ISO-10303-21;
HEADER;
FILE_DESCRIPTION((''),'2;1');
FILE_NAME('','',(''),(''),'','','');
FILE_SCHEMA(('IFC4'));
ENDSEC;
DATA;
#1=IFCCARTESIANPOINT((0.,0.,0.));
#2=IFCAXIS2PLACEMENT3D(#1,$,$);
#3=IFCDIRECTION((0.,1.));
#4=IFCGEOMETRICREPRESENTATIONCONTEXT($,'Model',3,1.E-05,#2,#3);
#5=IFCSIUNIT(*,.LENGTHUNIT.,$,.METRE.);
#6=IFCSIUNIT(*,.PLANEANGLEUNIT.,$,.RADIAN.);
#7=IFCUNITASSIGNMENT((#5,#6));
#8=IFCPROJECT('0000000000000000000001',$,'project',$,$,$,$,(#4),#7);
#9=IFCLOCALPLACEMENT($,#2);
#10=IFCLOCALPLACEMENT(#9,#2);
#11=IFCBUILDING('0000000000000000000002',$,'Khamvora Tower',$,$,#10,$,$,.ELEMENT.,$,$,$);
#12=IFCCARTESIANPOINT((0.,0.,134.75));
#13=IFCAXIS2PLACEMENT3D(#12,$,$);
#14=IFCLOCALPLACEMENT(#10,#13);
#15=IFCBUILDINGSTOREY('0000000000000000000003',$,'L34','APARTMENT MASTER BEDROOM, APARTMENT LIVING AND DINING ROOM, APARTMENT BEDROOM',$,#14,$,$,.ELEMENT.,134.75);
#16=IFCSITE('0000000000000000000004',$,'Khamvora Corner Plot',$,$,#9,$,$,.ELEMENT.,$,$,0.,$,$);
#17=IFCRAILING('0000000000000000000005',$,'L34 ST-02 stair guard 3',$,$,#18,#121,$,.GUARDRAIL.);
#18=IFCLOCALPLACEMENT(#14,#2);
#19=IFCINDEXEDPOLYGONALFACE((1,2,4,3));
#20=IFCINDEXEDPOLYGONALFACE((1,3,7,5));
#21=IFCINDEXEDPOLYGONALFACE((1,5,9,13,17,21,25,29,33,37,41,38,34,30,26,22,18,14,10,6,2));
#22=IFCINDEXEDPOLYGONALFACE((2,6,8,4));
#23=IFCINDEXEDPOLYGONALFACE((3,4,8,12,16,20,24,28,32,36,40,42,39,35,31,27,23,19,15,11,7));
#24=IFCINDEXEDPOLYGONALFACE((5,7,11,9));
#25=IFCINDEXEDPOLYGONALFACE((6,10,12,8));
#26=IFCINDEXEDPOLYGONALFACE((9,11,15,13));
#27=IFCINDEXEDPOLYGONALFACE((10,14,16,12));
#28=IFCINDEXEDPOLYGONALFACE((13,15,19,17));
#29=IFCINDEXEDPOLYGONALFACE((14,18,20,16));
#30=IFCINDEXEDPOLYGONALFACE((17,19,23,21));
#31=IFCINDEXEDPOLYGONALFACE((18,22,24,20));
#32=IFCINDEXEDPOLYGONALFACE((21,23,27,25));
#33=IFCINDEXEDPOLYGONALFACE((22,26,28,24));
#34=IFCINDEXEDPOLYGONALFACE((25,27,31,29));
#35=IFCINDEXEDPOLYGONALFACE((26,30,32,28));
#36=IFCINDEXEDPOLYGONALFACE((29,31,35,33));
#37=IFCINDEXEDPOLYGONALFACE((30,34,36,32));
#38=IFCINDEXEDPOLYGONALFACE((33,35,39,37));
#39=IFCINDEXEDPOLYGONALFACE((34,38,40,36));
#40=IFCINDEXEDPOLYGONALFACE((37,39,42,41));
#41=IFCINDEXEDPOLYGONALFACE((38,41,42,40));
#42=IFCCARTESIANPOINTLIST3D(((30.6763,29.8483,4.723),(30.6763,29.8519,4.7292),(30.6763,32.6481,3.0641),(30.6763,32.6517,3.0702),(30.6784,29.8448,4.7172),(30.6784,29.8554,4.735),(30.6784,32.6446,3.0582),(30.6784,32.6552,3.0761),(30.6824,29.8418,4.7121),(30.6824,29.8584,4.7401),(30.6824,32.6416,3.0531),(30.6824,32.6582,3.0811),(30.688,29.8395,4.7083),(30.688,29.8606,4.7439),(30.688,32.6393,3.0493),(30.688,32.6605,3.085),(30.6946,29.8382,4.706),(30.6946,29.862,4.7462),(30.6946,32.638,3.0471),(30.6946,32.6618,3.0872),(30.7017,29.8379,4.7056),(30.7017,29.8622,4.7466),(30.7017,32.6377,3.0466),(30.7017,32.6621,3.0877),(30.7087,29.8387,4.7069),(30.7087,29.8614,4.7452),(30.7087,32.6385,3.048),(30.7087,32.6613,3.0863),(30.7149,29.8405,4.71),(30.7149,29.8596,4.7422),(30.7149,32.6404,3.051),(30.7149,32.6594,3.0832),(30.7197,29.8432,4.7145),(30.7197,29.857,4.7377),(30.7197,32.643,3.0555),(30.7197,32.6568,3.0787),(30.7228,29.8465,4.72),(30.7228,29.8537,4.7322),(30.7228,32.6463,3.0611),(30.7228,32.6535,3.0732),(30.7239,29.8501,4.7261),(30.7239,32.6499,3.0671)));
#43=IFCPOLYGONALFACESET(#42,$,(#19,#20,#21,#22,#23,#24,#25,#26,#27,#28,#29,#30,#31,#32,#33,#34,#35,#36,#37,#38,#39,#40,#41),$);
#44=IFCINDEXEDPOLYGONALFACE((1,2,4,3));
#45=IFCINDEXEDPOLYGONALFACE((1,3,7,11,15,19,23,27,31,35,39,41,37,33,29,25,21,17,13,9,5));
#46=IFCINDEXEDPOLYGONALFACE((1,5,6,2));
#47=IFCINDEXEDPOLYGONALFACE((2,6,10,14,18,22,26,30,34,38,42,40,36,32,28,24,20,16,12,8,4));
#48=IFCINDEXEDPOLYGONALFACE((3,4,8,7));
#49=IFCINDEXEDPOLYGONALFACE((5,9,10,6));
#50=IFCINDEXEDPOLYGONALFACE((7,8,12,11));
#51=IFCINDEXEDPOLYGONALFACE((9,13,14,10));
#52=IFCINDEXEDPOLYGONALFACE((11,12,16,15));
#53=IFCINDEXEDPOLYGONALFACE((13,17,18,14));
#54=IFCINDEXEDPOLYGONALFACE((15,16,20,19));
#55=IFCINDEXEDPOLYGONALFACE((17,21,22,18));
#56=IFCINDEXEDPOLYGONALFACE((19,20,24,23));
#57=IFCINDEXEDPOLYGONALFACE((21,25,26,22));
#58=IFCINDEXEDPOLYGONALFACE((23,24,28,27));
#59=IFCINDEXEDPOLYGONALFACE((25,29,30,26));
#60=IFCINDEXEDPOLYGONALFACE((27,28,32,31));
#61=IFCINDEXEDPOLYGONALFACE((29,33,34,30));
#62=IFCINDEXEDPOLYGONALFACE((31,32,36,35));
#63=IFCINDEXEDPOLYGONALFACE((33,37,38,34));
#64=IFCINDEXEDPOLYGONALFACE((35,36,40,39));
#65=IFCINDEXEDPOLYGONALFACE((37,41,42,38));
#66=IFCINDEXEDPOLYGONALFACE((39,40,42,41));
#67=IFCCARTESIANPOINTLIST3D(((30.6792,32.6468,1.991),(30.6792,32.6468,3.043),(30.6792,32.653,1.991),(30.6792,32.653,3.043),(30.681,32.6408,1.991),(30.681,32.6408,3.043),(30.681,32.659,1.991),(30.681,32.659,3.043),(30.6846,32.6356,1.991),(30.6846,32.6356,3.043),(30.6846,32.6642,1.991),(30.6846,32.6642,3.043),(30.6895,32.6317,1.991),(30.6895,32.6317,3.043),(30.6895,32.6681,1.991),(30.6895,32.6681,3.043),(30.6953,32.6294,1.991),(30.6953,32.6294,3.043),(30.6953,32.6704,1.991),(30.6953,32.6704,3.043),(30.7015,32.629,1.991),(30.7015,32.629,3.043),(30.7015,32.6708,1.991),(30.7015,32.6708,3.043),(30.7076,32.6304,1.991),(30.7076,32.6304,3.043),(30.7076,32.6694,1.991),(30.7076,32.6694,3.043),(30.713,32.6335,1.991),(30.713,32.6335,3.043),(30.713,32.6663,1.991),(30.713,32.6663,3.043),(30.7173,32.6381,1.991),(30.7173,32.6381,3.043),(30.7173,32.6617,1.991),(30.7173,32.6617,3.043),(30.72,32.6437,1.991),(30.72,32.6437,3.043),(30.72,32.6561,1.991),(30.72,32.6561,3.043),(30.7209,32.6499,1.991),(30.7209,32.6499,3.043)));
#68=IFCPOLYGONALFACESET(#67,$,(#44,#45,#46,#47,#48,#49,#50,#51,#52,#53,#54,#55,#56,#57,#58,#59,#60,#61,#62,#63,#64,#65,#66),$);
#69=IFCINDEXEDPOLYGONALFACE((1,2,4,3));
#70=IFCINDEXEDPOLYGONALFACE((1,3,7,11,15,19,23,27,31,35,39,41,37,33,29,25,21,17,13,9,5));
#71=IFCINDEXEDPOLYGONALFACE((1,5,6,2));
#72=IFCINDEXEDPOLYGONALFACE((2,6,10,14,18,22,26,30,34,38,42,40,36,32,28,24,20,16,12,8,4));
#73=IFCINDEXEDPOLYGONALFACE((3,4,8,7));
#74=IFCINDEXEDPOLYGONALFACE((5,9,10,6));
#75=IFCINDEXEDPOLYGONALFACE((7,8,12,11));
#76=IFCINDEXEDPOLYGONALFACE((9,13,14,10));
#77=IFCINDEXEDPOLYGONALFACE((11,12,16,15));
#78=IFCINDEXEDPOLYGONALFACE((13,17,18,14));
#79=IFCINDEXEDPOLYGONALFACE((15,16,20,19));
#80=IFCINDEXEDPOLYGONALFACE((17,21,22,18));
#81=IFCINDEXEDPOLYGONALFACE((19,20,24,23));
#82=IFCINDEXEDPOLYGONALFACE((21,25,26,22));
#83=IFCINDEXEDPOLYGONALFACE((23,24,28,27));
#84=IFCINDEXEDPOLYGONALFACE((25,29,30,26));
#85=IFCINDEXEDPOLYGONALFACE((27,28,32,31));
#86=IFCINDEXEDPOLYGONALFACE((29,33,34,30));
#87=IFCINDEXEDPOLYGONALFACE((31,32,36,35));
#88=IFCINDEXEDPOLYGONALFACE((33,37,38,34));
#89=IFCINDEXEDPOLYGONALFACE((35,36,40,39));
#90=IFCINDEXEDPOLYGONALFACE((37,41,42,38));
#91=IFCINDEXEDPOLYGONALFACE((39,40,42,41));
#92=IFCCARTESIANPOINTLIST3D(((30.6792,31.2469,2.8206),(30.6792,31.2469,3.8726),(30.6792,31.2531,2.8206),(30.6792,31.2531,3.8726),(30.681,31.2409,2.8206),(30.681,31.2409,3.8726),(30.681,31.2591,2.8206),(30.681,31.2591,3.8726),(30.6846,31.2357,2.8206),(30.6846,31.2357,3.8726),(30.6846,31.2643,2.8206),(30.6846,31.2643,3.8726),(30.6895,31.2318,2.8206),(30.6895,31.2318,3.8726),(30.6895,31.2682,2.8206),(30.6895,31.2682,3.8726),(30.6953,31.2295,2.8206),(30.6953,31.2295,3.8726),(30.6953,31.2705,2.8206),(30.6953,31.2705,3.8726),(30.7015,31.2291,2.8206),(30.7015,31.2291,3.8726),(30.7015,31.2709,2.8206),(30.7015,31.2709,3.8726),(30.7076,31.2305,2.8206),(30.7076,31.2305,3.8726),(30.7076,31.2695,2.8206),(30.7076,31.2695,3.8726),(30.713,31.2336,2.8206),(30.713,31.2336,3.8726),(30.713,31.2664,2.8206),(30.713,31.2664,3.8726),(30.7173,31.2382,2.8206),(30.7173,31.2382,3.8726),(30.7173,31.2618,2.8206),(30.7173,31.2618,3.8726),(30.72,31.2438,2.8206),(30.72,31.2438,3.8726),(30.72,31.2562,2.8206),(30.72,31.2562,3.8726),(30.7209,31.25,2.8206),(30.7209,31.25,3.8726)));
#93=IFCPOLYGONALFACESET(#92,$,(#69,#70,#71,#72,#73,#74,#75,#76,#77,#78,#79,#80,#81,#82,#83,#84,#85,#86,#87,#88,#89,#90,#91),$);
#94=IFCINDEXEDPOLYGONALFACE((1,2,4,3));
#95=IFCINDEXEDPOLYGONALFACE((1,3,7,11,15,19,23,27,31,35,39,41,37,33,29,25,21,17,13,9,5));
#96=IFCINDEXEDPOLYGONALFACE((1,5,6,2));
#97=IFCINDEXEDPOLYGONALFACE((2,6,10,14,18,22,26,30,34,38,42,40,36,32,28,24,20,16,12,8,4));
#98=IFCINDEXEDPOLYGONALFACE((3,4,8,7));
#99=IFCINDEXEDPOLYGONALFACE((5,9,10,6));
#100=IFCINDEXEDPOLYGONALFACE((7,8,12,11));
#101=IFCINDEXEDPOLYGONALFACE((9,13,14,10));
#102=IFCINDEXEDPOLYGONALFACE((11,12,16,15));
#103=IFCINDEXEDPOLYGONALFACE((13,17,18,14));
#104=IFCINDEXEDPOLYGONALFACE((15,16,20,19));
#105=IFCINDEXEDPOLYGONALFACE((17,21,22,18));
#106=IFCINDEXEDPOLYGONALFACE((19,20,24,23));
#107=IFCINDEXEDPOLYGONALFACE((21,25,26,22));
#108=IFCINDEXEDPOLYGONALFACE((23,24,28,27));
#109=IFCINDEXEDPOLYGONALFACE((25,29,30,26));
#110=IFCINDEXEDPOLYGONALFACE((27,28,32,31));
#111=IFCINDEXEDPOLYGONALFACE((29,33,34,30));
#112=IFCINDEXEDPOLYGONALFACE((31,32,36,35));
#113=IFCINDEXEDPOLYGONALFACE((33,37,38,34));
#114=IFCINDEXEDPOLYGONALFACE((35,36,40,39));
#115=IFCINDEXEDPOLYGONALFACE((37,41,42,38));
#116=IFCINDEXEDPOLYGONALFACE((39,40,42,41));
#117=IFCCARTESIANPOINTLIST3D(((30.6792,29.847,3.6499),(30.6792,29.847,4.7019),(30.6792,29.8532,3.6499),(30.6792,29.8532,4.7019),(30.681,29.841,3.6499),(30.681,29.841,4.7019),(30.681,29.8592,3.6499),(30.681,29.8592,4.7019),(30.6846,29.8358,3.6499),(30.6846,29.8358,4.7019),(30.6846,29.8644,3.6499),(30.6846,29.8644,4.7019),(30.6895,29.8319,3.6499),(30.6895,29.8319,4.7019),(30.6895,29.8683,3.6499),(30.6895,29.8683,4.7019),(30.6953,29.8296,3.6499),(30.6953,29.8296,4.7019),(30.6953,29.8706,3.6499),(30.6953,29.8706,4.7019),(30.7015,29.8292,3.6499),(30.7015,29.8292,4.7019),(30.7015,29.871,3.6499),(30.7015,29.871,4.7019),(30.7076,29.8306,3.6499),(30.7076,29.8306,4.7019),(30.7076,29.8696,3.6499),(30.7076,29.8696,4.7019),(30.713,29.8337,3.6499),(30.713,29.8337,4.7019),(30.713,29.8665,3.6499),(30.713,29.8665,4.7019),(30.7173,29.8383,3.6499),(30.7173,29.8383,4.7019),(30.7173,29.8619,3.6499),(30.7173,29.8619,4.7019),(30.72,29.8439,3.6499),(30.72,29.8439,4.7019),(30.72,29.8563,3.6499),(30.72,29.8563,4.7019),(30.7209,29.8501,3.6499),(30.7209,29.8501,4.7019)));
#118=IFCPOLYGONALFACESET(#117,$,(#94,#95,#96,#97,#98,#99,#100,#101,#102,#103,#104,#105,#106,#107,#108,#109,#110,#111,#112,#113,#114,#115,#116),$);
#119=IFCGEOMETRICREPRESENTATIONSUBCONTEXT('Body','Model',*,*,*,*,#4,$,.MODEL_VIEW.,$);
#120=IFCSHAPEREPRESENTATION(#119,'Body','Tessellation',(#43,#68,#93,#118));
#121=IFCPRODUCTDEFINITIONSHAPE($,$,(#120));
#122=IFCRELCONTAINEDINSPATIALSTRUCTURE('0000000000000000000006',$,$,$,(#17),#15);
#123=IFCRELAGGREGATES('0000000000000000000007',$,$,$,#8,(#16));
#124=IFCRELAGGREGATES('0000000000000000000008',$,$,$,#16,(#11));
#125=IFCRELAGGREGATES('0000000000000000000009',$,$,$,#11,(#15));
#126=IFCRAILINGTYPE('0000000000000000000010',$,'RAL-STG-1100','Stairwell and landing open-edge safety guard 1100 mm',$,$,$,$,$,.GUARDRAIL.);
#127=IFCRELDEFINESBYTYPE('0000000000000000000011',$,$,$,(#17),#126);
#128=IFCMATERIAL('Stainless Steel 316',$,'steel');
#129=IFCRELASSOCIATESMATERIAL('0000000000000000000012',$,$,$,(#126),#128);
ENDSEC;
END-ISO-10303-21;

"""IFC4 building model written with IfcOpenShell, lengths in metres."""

from ifc_helpers import new_model, si_unit, direction, frame, origin, origin_2d, place, context, subcontext, project, spatial, circle, extrude, material, type_object, element, save


model = new_model("IFC4")

# Units and contexts
model_context = context("Model", 3, precision=1e-05, world=origin(), true_north=direction((0.0, 1.0)))
body_context = subcontext(model_context, "Body", "Model", "MODEL_VIEW")
ifc_project = project(units=[si_unit("LENGTHUNIT", "METRE"), si_unit("PLANEANGLEUNIT", "RADIAN")], contexts=[model_context])

# Site, building, storey
site_placement = place(None, origin())
site = spatial("IfcSite", under=ifc_project, at=site_placement, Name="Khamvora Corner Plot", CompositionType="ELEMENT", RefElevation=0.0)
building_placement = place(site_placement, origin())
building = spatial("IfcBuilding", under=site, at=building_placement, Name="Khamvora Tower", CompositionType="ELEMENT")
storey_placement = place(building_placement, frame((0.0, 0.0, 134.75)))
storey = spatial("IfcBuildingStorey", under=building, at=storey_placement, Name="L34", Description="APARTMENT MASTER BEDROOM, APARTMENT LIVING AND DINING ROOM, APARTMENT BEDROOM", CompositionType="ELEMENT", Elevation=134.75)

# Railing
ifc_material_1 = material(Name="Stainless Steel 316", Category="steel")
railing_type_1 = type_object("IfcRailingType", Name="RAL-STG-1100", Description="Stairwell and landing open-edge safety guard 1100 mm", PredefinedType="GUARDRAIL", material=ifc_material_1)
railing_1_placement = place(storey_placement, frame((30.7, 32.6499, 1.991)))
element("IfcRailing", 1, at=railing_1_placement, inside=storey, type_object=railing_type_1, Name="L34 ST-02 stair guard 3", PredefinedType="GUARDRAIL", context=body_context, shape_type="SweptSolid", body=[
    extrude(circle(Radius=0.0239, at=origin_2d()), frame((0.0, 0.0, 1.0762), z_axis=(0.0, -0.86032, 0.509755), x_axis=(1.0, 0.0, 0.0)), (0.0, 0.0, 1.0), 3.2544),
    extrude(circle(Radius=0.021, at=origin_2d()), origin(), (0.0, 0.0, 1.0), 1.052),
    extrude(circle(Radius=0.021, at=origin_2d()), frame((0.0, -1.3999, 0.8296)), (0.0, 0.0, 1.0), 1.052),
    extrude(circle(Radius=0.021, at=origin_2d()), frame((0.0, -2.7998, 1.6589)), (0.0, 0.0, 1.0), 1.052),
])

save(model, "model.ifc")
